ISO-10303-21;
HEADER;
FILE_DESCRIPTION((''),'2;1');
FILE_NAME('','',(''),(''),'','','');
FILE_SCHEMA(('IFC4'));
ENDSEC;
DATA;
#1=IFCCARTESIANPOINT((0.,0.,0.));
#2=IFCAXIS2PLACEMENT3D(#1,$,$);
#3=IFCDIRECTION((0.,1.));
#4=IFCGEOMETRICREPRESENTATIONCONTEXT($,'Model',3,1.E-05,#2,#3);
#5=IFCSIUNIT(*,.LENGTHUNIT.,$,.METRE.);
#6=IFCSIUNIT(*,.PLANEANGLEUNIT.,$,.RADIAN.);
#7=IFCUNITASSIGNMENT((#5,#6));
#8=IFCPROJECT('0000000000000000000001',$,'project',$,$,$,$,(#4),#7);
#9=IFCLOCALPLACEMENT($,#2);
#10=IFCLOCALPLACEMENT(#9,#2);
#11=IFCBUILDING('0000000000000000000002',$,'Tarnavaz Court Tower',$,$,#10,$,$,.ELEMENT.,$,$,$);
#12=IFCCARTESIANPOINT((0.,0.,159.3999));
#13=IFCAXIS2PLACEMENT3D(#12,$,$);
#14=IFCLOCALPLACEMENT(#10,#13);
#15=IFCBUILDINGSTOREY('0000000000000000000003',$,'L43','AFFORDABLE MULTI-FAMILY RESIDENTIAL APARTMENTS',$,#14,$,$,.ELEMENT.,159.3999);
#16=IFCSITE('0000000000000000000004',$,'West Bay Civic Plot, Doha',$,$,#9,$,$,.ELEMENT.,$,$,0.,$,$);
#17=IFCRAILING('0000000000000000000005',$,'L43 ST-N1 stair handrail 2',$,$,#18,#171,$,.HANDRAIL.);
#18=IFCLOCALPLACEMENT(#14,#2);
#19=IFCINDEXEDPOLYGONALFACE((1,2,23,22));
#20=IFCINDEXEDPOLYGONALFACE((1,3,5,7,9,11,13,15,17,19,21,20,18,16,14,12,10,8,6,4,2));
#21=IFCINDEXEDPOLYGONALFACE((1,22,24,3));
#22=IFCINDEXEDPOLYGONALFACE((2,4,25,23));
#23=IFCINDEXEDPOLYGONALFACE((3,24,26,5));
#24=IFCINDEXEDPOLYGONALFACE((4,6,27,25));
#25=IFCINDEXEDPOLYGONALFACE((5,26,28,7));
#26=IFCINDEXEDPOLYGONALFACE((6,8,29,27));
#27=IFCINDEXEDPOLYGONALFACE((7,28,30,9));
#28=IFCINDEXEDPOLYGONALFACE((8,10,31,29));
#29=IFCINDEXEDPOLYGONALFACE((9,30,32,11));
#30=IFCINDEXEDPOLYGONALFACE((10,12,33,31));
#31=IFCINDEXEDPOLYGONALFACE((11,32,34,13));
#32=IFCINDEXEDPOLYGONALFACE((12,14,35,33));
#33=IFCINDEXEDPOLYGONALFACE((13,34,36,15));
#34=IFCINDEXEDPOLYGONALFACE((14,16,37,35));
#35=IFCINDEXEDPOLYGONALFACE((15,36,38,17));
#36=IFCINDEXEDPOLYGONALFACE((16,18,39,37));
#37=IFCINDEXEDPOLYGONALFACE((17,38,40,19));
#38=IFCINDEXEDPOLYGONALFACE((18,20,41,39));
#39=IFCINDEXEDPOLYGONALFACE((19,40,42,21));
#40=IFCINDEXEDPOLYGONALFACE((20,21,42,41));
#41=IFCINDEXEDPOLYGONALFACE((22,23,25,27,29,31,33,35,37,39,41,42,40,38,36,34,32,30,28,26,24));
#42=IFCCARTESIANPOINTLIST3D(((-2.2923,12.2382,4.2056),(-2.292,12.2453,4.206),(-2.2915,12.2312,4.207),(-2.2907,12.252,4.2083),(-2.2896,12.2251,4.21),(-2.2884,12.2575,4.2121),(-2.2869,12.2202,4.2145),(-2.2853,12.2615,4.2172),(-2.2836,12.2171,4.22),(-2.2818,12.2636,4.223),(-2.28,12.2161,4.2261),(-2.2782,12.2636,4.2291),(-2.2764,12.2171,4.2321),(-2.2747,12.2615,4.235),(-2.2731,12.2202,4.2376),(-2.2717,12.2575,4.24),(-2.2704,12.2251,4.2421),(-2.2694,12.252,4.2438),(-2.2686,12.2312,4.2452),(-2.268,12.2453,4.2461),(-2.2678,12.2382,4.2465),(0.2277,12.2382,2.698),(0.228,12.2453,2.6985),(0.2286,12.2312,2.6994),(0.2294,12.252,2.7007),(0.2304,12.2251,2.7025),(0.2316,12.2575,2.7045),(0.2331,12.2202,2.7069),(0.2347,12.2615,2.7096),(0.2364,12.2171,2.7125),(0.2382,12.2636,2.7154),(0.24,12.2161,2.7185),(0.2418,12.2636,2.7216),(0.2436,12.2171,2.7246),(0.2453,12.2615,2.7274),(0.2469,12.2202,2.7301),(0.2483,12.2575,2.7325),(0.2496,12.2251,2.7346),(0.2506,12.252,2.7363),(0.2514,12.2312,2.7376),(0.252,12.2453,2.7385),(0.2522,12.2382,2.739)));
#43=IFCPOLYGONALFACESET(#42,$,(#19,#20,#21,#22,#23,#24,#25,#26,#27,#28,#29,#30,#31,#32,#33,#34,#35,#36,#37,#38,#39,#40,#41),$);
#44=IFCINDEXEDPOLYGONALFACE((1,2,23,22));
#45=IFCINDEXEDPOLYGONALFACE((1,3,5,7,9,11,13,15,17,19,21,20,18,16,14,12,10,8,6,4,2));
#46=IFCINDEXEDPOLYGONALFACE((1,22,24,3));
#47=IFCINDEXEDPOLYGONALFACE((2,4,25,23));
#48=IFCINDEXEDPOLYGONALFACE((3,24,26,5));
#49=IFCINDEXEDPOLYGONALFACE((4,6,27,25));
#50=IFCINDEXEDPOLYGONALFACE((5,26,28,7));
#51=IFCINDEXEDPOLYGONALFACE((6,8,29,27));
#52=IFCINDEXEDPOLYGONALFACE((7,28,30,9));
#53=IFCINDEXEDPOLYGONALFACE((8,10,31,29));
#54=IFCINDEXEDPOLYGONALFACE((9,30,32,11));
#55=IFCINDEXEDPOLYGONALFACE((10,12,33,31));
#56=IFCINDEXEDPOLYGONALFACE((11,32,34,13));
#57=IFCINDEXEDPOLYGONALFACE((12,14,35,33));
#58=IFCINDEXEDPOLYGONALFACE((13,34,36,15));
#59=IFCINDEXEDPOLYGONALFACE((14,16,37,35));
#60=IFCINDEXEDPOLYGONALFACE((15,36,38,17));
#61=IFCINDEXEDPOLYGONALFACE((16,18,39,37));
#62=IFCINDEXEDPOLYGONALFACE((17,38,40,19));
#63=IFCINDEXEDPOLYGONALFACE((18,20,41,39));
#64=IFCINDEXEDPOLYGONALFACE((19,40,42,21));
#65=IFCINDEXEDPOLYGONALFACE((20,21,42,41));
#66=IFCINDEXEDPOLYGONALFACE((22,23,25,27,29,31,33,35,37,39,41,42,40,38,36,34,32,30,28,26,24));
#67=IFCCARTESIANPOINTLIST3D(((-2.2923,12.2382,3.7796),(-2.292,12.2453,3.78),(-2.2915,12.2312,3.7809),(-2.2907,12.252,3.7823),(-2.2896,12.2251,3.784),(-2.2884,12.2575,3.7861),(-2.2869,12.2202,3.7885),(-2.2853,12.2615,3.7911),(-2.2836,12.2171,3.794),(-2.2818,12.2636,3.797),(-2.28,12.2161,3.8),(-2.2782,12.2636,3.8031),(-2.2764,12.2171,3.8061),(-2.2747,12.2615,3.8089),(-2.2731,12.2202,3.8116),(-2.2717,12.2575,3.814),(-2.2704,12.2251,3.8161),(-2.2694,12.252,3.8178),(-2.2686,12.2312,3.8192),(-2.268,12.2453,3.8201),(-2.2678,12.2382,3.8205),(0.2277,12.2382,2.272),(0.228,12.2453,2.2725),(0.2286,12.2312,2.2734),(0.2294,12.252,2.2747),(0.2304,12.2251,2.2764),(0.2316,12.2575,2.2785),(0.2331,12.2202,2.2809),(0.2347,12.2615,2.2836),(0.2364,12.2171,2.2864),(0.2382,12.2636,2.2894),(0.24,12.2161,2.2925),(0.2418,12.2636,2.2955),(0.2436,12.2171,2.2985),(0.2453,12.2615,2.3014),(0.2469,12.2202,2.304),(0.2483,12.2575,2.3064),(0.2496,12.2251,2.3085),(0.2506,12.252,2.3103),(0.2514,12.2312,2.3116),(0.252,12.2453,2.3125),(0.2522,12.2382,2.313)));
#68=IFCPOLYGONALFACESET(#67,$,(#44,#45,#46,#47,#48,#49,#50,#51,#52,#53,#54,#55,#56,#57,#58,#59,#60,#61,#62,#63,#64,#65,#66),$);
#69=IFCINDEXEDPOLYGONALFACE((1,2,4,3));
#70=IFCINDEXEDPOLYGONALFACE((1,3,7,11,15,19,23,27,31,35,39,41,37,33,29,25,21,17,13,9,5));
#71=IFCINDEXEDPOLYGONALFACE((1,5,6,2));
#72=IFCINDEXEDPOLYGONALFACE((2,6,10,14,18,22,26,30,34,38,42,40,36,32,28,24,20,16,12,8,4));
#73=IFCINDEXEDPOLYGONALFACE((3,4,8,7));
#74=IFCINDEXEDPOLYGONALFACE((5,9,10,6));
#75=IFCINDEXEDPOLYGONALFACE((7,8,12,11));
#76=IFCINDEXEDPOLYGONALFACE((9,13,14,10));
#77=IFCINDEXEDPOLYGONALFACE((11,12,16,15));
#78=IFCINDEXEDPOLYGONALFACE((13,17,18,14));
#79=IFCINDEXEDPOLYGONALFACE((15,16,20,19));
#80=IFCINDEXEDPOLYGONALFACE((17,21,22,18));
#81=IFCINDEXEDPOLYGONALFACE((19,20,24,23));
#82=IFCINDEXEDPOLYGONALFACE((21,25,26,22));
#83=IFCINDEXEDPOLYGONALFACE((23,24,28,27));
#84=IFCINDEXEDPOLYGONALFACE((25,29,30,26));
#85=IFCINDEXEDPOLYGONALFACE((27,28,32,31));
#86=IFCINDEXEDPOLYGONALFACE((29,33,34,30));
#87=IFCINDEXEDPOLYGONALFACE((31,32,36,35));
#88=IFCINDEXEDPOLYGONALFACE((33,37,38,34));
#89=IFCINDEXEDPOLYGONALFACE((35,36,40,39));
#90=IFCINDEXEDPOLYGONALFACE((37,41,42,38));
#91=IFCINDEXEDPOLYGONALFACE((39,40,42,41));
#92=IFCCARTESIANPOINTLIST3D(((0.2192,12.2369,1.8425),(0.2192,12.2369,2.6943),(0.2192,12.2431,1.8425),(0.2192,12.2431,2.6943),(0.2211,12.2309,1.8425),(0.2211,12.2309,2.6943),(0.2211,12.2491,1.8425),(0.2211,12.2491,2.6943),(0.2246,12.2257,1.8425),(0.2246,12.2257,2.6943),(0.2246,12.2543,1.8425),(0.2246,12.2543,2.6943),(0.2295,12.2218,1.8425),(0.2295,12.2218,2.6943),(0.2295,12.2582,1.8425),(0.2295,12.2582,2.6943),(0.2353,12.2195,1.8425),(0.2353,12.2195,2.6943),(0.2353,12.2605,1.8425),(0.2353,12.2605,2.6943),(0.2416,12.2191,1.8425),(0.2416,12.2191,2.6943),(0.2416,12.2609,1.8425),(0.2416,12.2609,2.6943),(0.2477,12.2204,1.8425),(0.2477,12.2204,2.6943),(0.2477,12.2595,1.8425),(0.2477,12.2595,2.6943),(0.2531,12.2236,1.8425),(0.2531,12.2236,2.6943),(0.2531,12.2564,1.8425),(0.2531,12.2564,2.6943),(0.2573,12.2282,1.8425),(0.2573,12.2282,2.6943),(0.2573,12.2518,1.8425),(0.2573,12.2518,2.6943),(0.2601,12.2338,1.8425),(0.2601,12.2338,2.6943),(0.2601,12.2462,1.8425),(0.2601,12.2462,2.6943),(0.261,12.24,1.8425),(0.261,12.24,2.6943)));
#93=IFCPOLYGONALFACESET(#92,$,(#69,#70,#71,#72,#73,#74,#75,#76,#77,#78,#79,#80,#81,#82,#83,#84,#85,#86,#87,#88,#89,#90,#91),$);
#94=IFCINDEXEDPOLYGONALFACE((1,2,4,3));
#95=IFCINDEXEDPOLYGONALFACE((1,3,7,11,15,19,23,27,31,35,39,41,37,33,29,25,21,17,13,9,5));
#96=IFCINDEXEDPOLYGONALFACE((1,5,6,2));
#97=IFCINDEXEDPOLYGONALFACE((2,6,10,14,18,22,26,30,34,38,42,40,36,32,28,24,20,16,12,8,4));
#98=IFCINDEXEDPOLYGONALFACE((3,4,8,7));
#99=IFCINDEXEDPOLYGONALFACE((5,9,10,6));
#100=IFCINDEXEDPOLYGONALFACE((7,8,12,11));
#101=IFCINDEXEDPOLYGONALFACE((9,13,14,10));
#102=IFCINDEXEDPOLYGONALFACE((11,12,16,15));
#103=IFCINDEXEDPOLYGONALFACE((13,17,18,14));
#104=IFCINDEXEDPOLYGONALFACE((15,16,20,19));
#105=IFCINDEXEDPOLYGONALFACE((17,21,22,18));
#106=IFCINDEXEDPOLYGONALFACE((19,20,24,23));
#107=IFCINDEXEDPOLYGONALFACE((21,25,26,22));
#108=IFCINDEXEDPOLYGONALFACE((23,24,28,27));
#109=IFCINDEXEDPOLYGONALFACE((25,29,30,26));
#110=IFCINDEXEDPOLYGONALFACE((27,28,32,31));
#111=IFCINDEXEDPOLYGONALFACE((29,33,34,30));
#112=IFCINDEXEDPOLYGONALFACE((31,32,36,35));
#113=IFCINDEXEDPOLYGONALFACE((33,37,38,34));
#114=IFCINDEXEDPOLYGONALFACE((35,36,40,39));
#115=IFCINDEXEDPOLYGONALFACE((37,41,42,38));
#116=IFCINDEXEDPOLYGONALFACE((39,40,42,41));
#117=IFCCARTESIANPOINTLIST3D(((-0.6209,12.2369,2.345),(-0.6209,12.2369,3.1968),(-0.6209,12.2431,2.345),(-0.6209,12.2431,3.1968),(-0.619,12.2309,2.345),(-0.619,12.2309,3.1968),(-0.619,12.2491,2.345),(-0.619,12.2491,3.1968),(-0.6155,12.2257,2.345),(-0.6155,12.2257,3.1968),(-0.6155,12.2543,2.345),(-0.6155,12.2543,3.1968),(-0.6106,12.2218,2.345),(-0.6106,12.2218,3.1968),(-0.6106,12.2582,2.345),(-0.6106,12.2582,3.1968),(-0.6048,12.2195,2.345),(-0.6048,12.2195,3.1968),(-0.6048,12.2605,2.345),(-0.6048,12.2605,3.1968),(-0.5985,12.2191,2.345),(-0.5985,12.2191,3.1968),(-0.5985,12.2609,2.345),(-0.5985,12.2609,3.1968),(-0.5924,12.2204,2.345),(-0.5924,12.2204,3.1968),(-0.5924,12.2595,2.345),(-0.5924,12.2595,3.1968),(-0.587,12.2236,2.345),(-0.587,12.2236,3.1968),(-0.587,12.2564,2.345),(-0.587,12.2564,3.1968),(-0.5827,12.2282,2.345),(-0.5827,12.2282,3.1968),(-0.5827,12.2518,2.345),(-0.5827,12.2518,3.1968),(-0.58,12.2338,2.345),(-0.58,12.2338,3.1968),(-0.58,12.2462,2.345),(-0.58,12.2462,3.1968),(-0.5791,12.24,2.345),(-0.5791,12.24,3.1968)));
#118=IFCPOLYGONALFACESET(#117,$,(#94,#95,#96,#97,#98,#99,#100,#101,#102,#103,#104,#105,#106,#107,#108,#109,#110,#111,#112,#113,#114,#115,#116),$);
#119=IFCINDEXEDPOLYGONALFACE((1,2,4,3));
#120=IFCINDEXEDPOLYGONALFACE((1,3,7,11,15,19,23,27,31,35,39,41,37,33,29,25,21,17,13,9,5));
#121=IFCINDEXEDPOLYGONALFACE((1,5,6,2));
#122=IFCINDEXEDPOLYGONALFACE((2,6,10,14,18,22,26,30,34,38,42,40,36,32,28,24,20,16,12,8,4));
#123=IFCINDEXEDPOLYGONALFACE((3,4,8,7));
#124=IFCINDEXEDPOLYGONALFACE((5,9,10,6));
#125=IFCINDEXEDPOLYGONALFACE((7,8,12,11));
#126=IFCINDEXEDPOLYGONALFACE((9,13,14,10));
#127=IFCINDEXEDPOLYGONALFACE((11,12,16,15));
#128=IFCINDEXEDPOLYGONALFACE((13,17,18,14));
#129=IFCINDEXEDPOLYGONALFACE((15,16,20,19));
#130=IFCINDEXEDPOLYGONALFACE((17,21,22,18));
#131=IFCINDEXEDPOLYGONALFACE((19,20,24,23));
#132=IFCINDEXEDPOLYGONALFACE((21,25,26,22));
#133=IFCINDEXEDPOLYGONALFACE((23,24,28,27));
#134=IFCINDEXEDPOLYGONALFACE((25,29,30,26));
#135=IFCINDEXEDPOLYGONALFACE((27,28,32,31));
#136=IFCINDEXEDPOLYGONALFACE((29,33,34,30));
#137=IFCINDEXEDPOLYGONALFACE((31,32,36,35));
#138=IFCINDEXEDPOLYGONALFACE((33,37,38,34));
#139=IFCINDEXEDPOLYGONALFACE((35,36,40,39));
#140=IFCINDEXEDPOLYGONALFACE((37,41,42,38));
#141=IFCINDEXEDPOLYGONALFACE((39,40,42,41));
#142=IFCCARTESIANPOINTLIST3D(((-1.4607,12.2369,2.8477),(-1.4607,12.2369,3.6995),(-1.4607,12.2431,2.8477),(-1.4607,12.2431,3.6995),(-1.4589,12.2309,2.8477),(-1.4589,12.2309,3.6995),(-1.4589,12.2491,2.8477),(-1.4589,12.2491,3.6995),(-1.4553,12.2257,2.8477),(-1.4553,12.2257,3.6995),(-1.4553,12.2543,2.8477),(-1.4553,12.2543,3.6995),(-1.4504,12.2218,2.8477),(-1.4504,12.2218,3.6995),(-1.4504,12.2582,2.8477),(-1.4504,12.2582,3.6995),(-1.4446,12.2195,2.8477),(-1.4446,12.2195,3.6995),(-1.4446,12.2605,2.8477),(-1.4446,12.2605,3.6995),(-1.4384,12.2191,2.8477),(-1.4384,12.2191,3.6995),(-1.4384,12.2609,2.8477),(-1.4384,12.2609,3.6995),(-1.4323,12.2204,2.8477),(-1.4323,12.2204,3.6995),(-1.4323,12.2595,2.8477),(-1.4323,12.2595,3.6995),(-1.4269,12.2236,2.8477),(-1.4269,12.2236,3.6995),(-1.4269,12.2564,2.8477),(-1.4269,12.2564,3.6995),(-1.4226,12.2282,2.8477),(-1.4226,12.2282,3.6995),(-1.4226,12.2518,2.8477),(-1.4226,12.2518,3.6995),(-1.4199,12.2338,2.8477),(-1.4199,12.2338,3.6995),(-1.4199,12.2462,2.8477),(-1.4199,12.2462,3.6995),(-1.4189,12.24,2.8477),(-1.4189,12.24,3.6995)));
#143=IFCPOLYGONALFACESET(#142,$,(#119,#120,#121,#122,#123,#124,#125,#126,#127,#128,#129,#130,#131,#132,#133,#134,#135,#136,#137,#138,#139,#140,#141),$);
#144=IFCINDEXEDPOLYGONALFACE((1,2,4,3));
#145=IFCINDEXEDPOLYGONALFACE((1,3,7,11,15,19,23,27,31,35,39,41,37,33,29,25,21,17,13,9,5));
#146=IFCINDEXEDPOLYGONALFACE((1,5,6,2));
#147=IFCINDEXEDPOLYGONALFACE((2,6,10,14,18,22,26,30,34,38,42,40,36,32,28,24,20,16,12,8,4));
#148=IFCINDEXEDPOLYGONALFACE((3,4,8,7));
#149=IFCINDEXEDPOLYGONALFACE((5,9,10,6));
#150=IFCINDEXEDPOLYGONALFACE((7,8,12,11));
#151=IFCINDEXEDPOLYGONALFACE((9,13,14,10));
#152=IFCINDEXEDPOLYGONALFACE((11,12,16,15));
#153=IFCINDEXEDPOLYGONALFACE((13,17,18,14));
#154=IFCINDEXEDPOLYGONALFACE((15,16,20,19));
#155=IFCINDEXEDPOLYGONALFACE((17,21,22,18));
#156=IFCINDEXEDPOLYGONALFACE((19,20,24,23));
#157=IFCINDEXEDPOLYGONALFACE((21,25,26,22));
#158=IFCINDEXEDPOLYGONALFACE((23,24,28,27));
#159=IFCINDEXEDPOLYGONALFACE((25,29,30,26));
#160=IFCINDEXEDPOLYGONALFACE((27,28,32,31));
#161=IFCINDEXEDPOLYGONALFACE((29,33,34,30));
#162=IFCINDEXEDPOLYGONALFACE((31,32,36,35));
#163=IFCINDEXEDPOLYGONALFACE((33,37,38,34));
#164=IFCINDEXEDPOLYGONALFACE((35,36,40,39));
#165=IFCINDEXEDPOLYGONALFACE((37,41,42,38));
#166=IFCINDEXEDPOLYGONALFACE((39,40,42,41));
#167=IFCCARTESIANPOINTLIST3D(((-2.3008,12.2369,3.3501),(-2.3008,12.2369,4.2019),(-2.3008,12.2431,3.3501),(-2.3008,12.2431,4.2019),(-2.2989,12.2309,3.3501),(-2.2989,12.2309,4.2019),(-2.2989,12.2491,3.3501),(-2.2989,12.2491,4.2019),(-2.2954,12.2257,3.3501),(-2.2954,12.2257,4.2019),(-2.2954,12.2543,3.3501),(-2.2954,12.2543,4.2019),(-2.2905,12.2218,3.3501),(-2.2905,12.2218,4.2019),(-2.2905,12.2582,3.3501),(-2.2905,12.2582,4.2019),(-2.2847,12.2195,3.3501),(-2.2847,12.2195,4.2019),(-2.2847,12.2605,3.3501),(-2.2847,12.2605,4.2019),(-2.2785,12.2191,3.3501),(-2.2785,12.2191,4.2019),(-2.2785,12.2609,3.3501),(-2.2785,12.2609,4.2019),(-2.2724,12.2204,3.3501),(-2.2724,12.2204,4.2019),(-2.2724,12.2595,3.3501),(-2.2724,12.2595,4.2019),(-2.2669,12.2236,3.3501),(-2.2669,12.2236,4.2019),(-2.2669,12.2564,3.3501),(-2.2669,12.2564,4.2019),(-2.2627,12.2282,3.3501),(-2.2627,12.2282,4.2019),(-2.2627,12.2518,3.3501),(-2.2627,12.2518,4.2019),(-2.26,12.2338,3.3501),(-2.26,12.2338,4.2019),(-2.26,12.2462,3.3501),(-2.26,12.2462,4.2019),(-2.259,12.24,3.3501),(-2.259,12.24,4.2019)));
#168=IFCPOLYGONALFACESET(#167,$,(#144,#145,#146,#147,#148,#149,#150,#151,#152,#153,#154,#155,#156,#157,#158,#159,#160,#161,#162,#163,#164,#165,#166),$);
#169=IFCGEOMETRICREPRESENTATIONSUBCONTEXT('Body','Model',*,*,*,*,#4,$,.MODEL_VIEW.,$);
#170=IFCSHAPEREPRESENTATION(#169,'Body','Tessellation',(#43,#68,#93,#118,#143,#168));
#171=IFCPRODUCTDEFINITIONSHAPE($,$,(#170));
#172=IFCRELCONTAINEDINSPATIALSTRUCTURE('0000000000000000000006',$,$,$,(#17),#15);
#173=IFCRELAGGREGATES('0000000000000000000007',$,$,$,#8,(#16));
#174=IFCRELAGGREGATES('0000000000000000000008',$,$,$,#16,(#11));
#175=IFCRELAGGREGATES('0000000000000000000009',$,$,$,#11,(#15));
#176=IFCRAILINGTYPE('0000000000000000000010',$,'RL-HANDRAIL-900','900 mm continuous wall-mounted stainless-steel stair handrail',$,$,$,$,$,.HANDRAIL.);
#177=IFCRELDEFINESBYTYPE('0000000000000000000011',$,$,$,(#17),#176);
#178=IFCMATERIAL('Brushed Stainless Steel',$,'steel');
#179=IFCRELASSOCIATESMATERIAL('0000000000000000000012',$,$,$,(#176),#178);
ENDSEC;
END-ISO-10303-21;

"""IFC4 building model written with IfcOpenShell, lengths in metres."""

from ifc_helpers import new_model, si_unit, direction, frame, origin, origin_2d, place, context, subcontext, project, spatial, circle, extrude, material, type_object, element, save


model = new_model("IFC4")

# Units and contexts
model_context = context("Model", 3, precision=1e-05, world=origin(), true_north=direction((0.0, 1.0)))
body_context = subcontext(model_context, "Body", "Model", "MODEL_VIEW")
ifc_project = project(units=[si_unit("LENGTHUNIT", "METRE"), si_unit("PLANEANGLEUNIT", "RADIAN")], contexts=[model_context])

# Site, building, storey
site_placement = place(None, origin())
site = spatial("IfcSite", under=ifc_project, at=site_placement, Name="West Bay Civic Plot, Doha", CompositionType="ELEMENT", RefElevation=0.0)
building_placement = place(site_placement, origin())
building = spatial("IfcBuilding", under=site, at=building_placement, Name="Tarnavaz Court Tower", CompositionType="ELEMENT")
storey_placement = place(building_placement, frame((0.0, 0.0, 159.3999)))
storey = spatial("IfcBuildingStorey", under=building, at=storey_placement, Name="L43", Description="AFFORDABLE MULTI-FAMILY RESIDENTIAL APARTMENTS", CompositionType="ELEMENT", Elevation=159.3999)

# Railing
ifc_material_1 = material(Name="Brushed Stainless Steel", Category="steel")
railing_type_1 = type_object("IfcRailingType", Name="RL-HANDRAIL-900", Description="900 mm continuous wall-mounted stainless-steel stair handrail", PredefinedType="HANDRAIL", material=ifc_material_1)
railing_1_placement = place(storey_placement, frame((0.24, 12.24, 1.8425)))
element("IfcRailing", 1, at=railing_1_placement, inside=storey, type_object=railing_type_1, Name="L43 ST-N1 stair handrail 2", PredefinedType="HANDRAIL", context=body_context, shape_type="SweptSolid", body=[
    extrude(circle(Radius=0.0239, at=origin_2d()), frame((0.0, 0.0, 0.876), z_axis=(-0.85816, 0.0, 0.513383), x_axis=(0.0, -1.0, 0.0)), (0.0, 0.0, 1.0), 2.9365),
    extrude(circle(Radius=0.0239, at=origin_2d()), frame((0.0, 0.0, 0.45), z_axis=(-0.85816, 0.0, 0.513383), x_axis=(0.0, -1.0, 0.0)), (0.0, 0.0, 1.0), 2.9365),
    extrude(circle(Radius=0.021, at=origin_2d()), origin(), (0.0, 0.0, 1.0), 0.8518),
    extrude(circle(Radius=0.021, at=origin_2d()), frame((-0.8401, 0.0, 0.5024)), (0.0, 0.0, 1.0), 0.8518),
    extrude(circle(Radius=0.021, at=origin_2d()), frame((-1.6799, 0.0, 1.0051)), (0.0, 0.0, 1.0), 0.8518),
    extrude(circle(Radius=0.021, at=origin_2d()), frame((-2.52, 0.0, 1.5076)), (0.0, 0.0, 1.0), 0.8518),
])

save(model, "model.ifc")
